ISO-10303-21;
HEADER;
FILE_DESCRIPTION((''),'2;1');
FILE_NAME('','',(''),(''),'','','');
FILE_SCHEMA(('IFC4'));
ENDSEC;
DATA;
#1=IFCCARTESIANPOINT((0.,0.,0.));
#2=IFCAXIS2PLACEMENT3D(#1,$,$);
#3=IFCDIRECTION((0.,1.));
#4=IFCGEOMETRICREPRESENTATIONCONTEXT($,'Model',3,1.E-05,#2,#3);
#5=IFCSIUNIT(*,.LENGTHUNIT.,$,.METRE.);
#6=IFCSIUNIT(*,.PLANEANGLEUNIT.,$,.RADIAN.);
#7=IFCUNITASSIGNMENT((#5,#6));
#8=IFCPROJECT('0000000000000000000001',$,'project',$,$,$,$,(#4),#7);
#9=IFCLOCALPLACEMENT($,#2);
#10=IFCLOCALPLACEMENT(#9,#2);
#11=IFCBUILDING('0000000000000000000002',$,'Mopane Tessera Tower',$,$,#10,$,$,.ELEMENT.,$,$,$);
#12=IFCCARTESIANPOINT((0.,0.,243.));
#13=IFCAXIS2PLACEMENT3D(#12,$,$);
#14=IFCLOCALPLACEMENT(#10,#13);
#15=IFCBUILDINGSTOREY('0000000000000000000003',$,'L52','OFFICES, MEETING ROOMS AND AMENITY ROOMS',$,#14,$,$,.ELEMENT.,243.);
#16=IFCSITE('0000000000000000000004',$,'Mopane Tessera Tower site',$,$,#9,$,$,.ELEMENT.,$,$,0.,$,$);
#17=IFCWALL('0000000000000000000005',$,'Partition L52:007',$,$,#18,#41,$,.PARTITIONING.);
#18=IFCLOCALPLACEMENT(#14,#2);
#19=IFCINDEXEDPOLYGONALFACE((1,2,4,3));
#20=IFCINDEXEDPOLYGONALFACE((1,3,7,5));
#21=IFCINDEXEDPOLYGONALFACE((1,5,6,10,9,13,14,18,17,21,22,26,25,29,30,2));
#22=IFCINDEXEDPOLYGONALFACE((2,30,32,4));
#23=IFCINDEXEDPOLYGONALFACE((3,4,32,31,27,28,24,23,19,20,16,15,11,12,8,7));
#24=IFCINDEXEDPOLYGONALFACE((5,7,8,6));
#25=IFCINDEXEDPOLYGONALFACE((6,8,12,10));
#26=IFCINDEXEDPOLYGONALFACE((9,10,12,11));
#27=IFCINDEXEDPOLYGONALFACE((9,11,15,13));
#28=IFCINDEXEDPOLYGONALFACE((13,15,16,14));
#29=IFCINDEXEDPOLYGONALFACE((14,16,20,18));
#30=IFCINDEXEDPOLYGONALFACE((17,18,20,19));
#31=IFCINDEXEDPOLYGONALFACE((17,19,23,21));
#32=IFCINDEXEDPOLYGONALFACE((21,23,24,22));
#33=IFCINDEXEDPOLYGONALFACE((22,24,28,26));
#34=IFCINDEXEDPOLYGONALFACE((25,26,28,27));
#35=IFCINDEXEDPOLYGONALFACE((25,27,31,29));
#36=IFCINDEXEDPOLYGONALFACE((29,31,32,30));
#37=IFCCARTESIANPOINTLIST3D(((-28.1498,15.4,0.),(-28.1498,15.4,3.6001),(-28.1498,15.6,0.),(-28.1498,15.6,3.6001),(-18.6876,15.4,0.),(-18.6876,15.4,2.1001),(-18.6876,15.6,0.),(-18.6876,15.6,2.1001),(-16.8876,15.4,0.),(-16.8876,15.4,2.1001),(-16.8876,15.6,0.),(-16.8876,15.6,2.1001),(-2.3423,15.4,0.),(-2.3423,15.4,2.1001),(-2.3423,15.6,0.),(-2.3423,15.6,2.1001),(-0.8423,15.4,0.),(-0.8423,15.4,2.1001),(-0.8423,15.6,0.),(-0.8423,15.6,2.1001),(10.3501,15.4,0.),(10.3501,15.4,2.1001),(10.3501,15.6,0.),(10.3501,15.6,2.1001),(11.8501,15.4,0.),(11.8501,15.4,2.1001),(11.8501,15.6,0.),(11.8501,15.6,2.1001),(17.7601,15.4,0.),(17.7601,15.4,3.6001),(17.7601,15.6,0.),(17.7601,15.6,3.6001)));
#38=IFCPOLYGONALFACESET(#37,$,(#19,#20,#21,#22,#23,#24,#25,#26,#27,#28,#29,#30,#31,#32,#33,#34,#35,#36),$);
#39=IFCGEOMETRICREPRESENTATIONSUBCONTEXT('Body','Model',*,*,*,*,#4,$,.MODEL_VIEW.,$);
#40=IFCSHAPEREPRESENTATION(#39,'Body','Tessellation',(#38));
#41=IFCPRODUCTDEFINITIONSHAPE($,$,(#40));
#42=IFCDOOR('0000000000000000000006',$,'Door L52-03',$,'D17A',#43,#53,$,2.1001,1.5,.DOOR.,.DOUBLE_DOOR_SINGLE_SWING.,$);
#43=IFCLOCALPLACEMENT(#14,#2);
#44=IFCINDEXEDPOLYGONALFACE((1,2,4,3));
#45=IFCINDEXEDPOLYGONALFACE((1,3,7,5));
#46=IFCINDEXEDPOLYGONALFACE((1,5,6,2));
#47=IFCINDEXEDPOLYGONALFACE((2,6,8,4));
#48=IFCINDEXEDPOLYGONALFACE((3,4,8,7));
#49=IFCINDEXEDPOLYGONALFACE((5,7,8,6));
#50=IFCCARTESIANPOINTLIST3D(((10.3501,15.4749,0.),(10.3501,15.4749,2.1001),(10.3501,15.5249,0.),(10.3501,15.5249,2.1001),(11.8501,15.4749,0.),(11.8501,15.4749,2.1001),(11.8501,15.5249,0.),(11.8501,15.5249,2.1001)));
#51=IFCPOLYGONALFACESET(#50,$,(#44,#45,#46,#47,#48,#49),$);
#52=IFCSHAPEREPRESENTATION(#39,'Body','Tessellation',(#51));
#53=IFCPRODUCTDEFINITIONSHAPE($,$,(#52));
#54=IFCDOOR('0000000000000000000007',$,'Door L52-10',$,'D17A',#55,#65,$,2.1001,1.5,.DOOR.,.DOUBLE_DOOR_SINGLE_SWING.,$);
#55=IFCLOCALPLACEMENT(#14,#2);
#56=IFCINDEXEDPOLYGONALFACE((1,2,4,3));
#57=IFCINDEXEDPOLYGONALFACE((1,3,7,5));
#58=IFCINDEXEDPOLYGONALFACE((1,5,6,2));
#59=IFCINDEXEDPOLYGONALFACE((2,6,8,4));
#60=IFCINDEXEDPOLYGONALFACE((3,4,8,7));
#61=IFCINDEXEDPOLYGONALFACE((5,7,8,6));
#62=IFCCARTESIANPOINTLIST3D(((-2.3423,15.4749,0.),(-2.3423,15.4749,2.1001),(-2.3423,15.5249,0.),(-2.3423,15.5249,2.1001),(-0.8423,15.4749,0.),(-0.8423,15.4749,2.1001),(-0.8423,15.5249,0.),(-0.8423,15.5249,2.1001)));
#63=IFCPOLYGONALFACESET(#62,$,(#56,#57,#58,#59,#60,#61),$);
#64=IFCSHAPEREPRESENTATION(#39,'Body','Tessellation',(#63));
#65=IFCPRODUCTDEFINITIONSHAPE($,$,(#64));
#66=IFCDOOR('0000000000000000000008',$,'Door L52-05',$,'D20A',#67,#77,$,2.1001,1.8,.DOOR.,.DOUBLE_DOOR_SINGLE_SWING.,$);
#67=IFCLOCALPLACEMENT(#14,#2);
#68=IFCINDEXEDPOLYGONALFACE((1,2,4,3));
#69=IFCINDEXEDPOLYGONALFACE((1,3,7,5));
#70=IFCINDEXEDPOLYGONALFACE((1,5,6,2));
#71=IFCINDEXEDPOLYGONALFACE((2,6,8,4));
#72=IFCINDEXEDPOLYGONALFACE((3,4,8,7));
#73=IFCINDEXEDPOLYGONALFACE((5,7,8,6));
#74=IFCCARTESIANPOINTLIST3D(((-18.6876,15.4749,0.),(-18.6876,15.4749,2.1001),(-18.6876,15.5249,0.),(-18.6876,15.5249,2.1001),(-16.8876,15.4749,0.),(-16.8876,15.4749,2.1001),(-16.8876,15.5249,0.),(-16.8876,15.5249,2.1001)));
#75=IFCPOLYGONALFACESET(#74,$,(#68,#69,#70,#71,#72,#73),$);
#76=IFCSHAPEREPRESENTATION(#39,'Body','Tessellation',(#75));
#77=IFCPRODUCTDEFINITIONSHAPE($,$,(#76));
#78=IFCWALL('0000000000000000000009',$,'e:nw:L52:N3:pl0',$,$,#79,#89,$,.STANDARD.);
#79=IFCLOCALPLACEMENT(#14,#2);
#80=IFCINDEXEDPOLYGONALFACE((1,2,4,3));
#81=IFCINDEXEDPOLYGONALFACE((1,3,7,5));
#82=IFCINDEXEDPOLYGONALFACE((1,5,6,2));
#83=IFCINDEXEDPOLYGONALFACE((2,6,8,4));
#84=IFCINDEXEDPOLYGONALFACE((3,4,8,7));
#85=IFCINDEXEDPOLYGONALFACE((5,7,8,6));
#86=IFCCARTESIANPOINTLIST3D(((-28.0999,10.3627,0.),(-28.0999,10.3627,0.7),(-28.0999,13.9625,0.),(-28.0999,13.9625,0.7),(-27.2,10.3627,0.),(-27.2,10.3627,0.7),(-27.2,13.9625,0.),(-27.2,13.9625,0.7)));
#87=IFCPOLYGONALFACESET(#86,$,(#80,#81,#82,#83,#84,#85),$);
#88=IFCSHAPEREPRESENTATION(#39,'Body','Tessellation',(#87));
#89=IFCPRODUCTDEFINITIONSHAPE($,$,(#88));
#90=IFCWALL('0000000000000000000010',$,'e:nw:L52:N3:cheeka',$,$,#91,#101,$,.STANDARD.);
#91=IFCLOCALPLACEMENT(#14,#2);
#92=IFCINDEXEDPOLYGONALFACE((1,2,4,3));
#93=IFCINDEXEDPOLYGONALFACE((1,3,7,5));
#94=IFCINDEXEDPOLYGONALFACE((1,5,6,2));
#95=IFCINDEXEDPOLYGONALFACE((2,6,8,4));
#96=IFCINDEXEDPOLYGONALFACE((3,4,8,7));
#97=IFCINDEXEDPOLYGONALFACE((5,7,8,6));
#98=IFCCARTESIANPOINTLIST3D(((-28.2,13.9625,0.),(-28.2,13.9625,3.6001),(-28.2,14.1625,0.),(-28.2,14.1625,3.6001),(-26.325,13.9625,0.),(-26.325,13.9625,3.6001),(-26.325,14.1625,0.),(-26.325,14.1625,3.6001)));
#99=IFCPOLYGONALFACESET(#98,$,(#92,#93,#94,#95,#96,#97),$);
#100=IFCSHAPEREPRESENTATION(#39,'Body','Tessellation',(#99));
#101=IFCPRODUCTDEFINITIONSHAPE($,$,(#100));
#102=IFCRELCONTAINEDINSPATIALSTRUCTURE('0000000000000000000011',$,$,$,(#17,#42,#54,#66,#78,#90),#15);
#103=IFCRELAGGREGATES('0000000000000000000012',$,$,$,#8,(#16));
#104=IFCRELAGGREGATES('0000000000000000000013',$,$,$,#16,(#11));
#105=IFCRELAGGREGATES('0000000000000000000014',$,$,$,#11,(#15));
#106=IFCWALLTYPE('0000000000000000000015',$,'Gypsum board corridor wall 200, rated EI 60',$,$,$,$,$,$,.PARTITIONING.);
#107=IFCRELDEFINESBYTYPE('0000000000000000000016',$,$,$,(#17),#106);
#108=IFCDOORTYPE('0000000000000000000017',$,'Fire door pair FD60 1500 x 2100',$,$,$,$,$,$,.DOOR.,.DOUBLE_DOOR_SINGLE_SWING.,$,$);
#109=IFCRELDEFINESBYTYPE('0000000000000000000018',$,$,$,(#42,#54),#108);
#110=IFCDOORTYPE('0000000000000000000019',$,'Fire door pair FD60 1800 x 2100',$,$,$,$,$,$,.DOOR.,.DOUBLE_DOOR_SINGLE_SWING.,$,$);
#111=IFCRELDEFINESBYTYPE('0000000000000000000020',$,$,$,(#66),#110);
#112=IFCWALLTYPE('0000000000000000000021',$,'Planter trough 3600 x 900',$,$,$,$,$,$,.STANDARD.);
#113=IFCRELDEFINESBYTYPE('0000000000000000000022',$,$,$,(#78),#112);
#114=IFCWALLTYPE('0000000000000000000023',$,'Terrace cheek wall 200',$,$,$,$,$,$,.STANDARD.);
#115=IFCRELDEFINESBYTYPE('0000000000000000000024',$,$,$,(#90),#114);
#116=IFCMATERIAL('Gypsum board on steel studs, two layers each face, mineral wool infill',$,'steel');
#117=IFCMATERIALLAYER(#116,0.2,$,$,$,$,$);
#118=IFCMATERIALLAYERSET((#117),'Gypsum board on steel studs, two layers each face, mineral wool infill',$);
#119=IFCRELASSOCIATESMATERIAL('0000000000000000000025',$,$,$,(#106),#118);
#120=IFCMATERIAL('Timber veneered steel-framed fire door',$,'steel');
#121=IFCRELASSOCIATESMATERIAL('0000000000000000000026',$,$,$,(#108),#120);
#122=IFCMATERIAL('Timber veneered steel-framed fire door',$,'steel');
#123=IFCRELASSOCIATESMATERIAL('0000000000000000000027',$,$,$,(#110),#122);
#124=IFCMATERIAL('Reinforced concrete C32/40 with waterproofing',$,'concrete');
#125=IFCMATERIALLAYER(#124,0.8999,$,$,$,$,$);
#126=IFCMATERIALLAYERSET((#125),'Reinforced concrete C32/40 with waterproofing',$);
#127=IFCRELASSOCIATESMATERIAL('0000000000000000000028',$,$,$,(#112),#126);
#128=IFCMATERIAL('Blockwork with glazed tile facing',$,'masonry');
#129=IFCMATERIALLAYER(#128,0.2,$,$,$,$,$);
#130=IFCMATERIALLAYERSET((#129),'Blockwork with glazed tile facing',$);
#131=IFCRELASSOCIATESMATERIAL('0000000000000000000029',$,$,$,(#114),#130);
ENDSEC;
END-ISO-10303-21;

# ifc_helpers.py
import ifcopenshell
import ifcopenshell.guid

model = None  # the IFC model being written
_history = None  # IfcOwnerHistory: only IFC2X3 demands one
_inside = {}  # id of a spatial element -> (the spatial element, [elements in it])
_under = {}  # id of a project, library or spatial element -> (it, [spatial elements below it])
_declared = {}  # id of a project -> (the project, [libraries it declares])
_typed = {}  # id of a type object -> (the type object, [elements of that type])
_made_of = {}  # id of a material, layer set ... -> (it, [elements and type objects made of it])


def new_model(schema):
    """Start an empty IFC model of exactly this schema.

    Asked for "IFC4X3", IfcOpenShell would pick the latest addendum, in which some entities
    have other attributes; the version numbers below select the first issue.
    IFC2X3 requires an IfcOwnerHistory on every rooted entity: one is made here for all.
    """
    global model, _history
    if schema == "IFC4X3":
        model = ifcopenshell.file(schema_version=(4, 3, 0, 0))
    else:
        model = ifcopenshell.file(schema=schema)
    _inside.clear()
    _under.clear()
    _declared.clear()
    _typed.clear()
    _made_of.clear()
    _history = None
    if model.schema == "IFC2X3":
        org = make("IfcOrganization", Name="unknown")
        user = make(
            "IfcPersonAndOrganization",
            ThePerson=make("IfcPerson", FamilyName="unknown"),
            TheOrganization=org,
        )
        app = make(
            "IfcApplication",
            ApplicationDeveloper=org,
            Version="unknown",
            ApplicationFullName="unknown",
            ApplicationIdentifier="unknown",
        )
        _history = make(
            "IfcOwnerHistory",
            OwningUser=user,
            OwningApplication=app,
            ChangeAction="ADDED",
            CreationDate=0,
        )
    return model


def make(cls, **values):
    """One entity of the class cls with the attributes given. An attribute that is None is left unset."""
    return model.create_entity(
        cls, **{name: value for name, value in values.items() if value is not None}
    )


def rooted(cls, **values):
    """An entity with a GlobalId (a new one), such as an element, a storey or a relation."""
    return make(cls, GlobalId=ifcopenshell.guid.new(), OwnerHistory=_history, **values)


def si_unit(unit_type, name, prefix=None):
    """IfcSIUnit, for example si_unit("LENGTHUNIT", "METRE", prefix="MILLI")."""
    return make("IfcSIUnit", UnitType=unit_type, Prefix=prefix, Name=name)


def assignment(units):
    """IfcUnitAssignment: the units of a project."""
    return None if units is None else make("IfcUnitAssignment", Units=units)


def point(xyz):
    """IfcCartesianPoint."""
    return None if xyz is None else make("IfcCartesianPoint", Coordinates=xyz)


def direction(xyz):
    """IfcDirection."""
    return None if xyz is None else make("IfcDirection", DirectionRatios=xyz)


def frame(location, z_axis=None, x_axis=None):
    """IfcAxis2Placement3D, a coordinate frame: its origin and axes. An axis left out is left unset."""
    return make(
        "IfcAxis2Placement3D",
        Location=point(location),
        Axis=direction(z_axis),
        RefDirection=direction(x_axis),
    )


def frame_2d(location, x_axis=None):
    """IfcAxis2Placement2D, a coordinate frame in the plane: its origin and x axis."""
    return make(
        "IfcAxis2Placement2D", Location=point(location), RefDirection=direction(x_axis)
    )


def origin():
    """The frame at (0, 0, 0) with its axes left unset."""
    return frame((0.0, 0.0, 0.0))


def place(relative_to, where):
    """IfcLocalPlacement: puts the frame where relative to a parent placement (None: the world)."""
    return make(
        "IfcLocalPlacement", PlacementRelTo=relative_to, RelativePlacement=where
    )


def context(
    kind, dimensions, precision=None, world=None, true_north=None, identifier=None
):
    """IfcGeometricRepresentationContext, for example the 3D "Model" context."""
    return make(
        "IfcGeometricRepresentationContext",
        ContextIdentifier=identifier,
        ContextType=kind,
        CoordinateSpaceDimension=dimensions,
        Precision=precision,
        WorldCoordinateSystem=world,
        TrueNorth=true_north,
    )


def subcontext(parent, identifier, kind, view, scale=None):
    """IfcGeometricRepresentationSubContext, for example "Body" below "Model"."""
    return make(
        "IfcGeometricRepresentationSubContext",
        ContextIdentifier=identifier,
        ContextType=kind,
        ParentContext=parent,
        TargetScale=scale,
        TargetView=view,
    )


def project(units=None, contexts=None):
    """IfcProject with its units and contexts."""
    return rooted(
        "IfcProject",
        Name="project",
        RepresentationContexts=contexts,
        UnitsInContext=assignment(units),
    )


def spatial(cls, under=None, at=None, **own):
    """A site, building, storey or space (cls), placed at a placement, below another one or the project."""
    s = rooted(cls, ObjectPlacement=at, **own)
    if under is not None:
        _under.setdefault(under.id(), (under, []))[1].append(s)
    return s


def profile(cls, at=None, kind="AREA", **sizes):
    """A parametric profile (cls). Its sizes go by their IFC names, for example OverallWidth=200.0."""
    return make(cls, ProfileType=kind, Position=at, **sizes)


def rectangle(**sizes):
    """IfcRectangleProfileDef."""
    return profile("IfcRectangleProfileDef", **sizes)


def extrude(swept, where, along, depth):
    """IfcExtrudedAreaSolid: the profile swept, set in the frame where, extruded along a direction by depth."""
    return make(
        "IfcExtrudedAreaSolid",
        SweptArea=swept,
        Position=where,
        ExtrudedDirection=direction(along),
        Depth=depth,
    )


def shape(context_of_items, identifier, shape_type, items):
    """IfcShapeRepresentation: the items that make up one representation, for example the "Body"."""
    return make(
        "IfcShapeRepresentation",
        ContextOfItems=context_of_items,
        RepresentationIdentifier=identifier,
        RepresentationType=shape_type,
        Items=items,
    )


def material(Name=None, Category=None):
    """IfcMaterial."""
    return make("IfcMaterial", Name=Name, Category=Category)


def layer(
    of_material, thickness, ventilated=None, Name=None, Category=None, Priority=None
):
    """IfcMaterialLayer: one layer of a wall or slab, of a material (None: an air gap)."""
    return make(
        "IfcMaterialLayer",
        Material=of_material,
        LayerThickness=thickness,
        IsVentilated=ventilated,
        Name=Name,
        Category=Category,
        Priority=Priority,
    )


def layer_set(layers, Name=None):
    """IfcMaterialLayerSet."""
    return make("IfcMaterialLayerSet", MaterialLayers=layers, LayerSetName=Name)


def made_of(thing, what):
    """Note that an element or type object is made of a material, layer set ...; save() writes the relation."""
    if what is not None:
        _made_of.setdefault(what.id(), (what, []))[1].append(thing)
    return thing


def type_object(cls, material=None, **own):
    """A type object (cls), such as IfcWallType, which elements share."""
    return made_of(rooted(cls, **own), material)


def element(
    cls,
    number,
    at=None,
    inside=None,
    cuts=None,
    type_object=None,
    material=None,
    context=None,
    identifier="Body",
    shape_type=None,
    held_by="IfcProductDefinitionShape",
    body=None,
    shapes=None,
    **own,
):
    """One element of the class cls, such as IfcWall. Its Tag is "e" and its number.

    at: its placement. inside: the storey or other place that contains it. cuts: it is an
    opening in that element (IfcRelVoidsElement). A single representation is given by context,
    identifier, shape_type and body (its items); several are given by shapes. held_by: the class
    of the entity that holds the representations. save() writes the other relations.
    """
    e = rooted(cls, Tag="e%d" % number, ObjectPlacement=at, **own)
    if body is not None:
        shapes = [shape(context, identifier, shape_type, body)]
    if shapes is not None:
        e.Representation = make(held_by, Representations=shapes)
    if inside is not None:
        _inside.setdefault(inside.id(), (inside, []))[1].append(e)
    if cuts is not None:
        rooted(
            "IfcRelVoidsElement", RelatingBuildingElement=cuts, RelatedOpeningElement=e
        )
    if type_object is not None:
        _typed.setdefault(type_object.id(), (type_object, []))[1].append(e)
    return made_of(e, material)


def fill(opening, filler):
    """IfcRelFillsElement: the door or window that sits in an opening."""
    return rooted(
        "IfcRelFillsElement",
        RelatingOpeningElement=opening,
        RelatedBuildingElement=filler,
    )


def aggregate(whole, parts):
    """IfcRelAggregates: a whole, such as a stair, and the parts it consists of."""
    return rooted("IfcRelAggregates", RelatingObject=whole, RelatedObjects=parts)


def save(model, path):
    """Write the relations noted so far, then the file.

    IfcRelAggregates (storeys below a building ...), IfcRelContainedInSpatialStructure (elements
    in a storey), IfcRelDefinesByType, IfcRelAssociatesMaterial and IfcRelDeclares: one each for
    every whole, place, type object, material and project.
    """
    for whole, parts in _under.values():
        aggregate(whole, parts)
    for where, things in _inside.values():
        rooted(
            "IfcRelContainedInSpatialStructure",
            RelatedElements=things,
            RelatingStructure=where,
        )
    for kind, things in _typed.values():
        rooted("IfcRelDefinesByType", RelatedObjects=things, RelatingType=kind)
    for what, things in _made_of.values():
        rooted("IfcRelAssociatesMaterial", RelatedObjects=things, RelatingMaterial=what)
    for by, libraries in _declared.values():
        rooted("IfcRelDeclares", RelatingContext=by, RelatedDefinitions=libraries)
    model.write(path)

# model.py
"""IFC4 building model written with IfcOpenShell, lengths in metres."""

from ifc_helpers import new_model, si_unit, direction, frame, frame_2d, origin, place, context, subcontext, project, spatial, rectangle, extrude, material, layer, layer_set, type_object, element, fill, save


model = new_model("IFC4")

# Units and contexts
model_context = context("Model", 3, precision=1e-05, world=origin(), true_north=direction((0.0, 1.0)))
body_context = subcontext(model_context, "Body", "Model", "MODEL_VIEW")
ifc_project = project(units=[si_unit("LENGTHUNIT", "METRE"), si_unit("PLANEANGLEUNIT", "RADIAN")], contexts=[model_context])

# Site, building, storey
site_placement = place(None, origin())
site = spatial("IfcSite", under=ifc_project, at=site_placement, Name="Mopane Tessera Tower site", CompositionType="ELEMENT", RefElevation=0.0)
building_placement = place(site_placement, origin())
building = spatial("IfcBuilding", under=site, at=building_placement, Name="Mopane Tessera Tower", CompositionType="ELEMENT")
storey_placement = place(building_placement, frame((0.0, 0.0, 243.0)))
storey = spatial("IfcBuildingStorey", under=building, at=storey_placement, Name="L52", Description="OFFICES, MEETING ROOMS AND AMENITY ROOMS", CompositionType="ELEMENT", Elevation=243.0)

# Wall, openings, doors
ifc_material_1 = material(Name="Gypsum board on steel studs, two layers each face, mineral wool infill", Category="steel")
ifc_layer_1 = layer(ifc_material_1, 0.2)
ifc_layer_set_1 = layer_set([ifc_layer_1], Name="Gypsum board on steel studs, two layers each face, mineral wool infill")
wall_type_1 = type_object("IfcWallType", Name="Gypsum board corridor wall 200, rated EI 60", PredefinedType="PARTITIONING", material=ifc_layer_set_1)
wall_1_placement = place(storey_placement, frame((-28.1499, 15.5, 0.0), z_axis=(0.0, 0.0, 1.0), x_axis=(1.0, 0.0, 0.0)))
wall_1 = element("IfcWall", 1, at=wall_1_placement, inside=storey, type_object=wall_type_1, Name="Partition L52:007", PredefinedType="PARTITIONING", context=body_context, shape_type="SweptSolid", body=[
    extrude(rectangle(XDim=45.9099, YDim=0.2, at=frame_2d((22.9551, 0.0))), origin(), (0.0, 0.0, 1.0), 3.6001),
])
opening_1_placement = place(wall_1_placement, frame((38.5, 0.0, 0.0)))
opening_1 = element("IfcOpeningElement", 2, at=opening_1_placement, cuts=wall_1, PredefinedType="OPENING", context=body_context, shape_type="SweptSolid", body=[
    extrude(rectangle(XDim=1.5, YDim=2.1001, at=frame_2d((0.75, 1.05))), frame((0.0, 0.1121, 0.0), z_axis=(0.0, -1.0, 0.0), x_axis=(1.0, 0.0, 0.0)), (0.0, 0.0, 1.0), 0.2239),
])
opening_2_placement = place(wall_1_placement, frame((9.4624, 0.0, 0.0)))
opening_2 = element("IfcOpeningElement", 3, at=opening_2_placement, cuts=wall_1, PredefinedType="OPENING", context=body_context, shape_type="SweptSolid", body=[
    extrude(rectangle(XDim=1.8, YDim=2.1001, at=frame_2d((0.8999, 1.05))), frame((0.0, 0.1121, 0.0), z_axis=(0.0, -1.0, 0.0), x_axis=(1.0, 0.0, 0.0)), (0.0, 0.0, 1.0), 0.2239),
])
opening_3_placement = place(wall_1_placement, frame((25.8076, 0.0, 0.0)))
opening_3 = element("IfcOpeningElement", 4, at=opening_3_placement, cuts=wall_1, PredefinedType="OPENING", context=body_context, shape_type="SweptSolid", body=[
    extrude(rectangle(XDim=1.5, YDim=2.1001, at=frame_2d((0.75, 1.05))), frame((0.0, 0.1121, 0.0), z_axis=(0.0, -1.0, 0.0), x_axis=(1.0, 0.0, 0.0)), (0.0, 0.0, 1.0), 0.2239),
])
ifc_material_2 = material(Name="Timber veneered steel-framed fire door", Category="steel")
door_type_1 = type_object("IfcDoorType", Name="Fire door pair FD60 1500 x 2100", OperationType="DOUBLE_DOOR_SINGLE_SWING", PredefinedType="DOOR", material=ifc_material_2)
door_1_placement = place(opening_1_placement, origin())
door_1 = element("IfcDoor", 5, at=door_1_placement, inside=storey, type_object=door_type_1, Name="Door L52-03", ObjectType="D17A", OperationType="DOUBLE_DOOR_SINGLE_SWING", OverallHeight=2.1001, OverallWidth=1.5, PredefinedType="DOOR", context=body_context, shape_type="SweptSolid", body=[
    extrude(rectangle(XDim=1.5, YDim=2.1001, at=frame_2d((0.75, 1.05))), frame((0.0, 0.0249, 0.0), z_axis=(0.0, -1.0, 0.0), x_axis=(1.0, 0.0, 0.0)), (0.0, 0.0, 1.0), 0.05),
])
fill(opening_1, door_1)
door_2_placement = place(opening_3_placement, origin())
door_2 = element("IfcDoor", 6, at=door_2_placement, inside=storey, type_object=door_type_1, Name="Door L52-10", ObjectType="D17A", OperationType="DOUBLE_DOOR_SINGLE_SWING", OverallHeight=2.1001, OverallWidth=1.5, PredefinedType="DOOR", context=body_context, shape_type="SweptSolid", body=[
    extrude(rectangle(XDim=1.5, YDim=2.1001, at=frame_2d((0.75, 1.05))), frame((0.0, 0.0249, 0.0), z_axis=(0.0, -1.0, 0.0), x_axis=(1.0, 0.0, 0.0)), (0.0, 0.0, 1.0), 0.05),
])
fill(opening_3, door_2)
ifc_material_3 = material(Name="Timber veneered steel-framed fire door", Category="steel")
door_type_2 = type_object("IfcDoorType", Name="Fire door pair FD60 1800 x 2100", OperationType="DOUBLE_DOOR_SINGLE_SWING", PredefinedType="DOOR", material=ifc_material_3)
door_3_placement = place(opening_2_placement, origin())
door_3 = element("IfcDoor", 7, at=door_3_placement, inside=storey, type_object=door_type_2, Name="Door L52-05", ObjectType="D20A", OperationType="DOUBLE_DOOR_SINGLE_SWING", OverallHeight=2.1001, OverallWidth=1.8, PredefinedType="DOOR", context=body_context, shape_type="SweptSolid", body=[
    extrude(rectangle(XDim=1.8, YDim=2.1001, at=frame_2d((0.8999, 1.05))), frame((0.0, 0.0249, 0.0), z_axis=(0.0, -1.0, 0.0), x_axis=(1.0, 0.0, 0.0)), (0.0, 0.0, 1.0), 0.05),
])
fill(opening_2, door_3)

# Walls
ifc_material_4 = material(Name="Reinforced concrete C32/40 with waterproofing", Category="concrete")
ifc_layer_2 = layer(ifc_material_4, 0.8999)
ifc_layer_set_2 = layer_set([ifc_layer_2], Name="Reinforced concrete C32/40 with waterproofing")
wall_type_2 = type_object("IfcWallType", Name="Planter trough 3600 x 900", PredefinedType="STANDARD", material=ifc_layer_set_2)
wall_2_placement = place(storey_placement, frame((-27.6499, 13.9624, 0.0), z_axis=(0.0, 0.0, 1.0), x_axis=(0.0, -1.0, 0.0)))
element("IfcWall", 8, at=wall_2_placement, inside=storey, type_object=wall_type_2, Name="e:nw:L52:N3:pl0", PredefinedType="STANDARD", context=body_context, shape_type="SweptSolid", body=[
    extrude(rectangle(XDim=3.5999, YDim=0.8999, at=frame_2d((1.7998, 0.0))), origin(), (0.0, 0.0, 1.0), 0.7),
])
ifc_material_5 = material(Name="Blockwork with glazed tile facing", Category="masonry")
ifc_layer_3 = layer(ifc_material_5, 0.2)
ifc_layer_set_3 = layer_set([ifc_layer_3], Name="Blockwork with glazed tile facing")
wall_type_3 = type_object("IfcWallType", Name="Terrace cheek wall 200", PredefinedType="STANDARD", material=ifc_layer_set_3)
wall_3_placement = place(storey_placement, frame((-28.2, 14.0625, 0.0), z_axis=(0.0, 0.0, 1.0), x_axis=(1.0, 0.0, 0.0)))
element("IfcWall", 9, at=wall_3_placement, inside=storey, type_object=wall_type_3, Name="e:nw:L52:N3:cheeka", PredefinedType="STANDARD", context=body_context, shape_type="SweptSolid", body=[
    extrude(rectangle(XDim=1.875, YDim=0.2, at=frame_2d((0.9375, 0.0))), origin(), (0.0, 0.0, 1.0), 3.6001),
])

save(model, "model.ifc")
